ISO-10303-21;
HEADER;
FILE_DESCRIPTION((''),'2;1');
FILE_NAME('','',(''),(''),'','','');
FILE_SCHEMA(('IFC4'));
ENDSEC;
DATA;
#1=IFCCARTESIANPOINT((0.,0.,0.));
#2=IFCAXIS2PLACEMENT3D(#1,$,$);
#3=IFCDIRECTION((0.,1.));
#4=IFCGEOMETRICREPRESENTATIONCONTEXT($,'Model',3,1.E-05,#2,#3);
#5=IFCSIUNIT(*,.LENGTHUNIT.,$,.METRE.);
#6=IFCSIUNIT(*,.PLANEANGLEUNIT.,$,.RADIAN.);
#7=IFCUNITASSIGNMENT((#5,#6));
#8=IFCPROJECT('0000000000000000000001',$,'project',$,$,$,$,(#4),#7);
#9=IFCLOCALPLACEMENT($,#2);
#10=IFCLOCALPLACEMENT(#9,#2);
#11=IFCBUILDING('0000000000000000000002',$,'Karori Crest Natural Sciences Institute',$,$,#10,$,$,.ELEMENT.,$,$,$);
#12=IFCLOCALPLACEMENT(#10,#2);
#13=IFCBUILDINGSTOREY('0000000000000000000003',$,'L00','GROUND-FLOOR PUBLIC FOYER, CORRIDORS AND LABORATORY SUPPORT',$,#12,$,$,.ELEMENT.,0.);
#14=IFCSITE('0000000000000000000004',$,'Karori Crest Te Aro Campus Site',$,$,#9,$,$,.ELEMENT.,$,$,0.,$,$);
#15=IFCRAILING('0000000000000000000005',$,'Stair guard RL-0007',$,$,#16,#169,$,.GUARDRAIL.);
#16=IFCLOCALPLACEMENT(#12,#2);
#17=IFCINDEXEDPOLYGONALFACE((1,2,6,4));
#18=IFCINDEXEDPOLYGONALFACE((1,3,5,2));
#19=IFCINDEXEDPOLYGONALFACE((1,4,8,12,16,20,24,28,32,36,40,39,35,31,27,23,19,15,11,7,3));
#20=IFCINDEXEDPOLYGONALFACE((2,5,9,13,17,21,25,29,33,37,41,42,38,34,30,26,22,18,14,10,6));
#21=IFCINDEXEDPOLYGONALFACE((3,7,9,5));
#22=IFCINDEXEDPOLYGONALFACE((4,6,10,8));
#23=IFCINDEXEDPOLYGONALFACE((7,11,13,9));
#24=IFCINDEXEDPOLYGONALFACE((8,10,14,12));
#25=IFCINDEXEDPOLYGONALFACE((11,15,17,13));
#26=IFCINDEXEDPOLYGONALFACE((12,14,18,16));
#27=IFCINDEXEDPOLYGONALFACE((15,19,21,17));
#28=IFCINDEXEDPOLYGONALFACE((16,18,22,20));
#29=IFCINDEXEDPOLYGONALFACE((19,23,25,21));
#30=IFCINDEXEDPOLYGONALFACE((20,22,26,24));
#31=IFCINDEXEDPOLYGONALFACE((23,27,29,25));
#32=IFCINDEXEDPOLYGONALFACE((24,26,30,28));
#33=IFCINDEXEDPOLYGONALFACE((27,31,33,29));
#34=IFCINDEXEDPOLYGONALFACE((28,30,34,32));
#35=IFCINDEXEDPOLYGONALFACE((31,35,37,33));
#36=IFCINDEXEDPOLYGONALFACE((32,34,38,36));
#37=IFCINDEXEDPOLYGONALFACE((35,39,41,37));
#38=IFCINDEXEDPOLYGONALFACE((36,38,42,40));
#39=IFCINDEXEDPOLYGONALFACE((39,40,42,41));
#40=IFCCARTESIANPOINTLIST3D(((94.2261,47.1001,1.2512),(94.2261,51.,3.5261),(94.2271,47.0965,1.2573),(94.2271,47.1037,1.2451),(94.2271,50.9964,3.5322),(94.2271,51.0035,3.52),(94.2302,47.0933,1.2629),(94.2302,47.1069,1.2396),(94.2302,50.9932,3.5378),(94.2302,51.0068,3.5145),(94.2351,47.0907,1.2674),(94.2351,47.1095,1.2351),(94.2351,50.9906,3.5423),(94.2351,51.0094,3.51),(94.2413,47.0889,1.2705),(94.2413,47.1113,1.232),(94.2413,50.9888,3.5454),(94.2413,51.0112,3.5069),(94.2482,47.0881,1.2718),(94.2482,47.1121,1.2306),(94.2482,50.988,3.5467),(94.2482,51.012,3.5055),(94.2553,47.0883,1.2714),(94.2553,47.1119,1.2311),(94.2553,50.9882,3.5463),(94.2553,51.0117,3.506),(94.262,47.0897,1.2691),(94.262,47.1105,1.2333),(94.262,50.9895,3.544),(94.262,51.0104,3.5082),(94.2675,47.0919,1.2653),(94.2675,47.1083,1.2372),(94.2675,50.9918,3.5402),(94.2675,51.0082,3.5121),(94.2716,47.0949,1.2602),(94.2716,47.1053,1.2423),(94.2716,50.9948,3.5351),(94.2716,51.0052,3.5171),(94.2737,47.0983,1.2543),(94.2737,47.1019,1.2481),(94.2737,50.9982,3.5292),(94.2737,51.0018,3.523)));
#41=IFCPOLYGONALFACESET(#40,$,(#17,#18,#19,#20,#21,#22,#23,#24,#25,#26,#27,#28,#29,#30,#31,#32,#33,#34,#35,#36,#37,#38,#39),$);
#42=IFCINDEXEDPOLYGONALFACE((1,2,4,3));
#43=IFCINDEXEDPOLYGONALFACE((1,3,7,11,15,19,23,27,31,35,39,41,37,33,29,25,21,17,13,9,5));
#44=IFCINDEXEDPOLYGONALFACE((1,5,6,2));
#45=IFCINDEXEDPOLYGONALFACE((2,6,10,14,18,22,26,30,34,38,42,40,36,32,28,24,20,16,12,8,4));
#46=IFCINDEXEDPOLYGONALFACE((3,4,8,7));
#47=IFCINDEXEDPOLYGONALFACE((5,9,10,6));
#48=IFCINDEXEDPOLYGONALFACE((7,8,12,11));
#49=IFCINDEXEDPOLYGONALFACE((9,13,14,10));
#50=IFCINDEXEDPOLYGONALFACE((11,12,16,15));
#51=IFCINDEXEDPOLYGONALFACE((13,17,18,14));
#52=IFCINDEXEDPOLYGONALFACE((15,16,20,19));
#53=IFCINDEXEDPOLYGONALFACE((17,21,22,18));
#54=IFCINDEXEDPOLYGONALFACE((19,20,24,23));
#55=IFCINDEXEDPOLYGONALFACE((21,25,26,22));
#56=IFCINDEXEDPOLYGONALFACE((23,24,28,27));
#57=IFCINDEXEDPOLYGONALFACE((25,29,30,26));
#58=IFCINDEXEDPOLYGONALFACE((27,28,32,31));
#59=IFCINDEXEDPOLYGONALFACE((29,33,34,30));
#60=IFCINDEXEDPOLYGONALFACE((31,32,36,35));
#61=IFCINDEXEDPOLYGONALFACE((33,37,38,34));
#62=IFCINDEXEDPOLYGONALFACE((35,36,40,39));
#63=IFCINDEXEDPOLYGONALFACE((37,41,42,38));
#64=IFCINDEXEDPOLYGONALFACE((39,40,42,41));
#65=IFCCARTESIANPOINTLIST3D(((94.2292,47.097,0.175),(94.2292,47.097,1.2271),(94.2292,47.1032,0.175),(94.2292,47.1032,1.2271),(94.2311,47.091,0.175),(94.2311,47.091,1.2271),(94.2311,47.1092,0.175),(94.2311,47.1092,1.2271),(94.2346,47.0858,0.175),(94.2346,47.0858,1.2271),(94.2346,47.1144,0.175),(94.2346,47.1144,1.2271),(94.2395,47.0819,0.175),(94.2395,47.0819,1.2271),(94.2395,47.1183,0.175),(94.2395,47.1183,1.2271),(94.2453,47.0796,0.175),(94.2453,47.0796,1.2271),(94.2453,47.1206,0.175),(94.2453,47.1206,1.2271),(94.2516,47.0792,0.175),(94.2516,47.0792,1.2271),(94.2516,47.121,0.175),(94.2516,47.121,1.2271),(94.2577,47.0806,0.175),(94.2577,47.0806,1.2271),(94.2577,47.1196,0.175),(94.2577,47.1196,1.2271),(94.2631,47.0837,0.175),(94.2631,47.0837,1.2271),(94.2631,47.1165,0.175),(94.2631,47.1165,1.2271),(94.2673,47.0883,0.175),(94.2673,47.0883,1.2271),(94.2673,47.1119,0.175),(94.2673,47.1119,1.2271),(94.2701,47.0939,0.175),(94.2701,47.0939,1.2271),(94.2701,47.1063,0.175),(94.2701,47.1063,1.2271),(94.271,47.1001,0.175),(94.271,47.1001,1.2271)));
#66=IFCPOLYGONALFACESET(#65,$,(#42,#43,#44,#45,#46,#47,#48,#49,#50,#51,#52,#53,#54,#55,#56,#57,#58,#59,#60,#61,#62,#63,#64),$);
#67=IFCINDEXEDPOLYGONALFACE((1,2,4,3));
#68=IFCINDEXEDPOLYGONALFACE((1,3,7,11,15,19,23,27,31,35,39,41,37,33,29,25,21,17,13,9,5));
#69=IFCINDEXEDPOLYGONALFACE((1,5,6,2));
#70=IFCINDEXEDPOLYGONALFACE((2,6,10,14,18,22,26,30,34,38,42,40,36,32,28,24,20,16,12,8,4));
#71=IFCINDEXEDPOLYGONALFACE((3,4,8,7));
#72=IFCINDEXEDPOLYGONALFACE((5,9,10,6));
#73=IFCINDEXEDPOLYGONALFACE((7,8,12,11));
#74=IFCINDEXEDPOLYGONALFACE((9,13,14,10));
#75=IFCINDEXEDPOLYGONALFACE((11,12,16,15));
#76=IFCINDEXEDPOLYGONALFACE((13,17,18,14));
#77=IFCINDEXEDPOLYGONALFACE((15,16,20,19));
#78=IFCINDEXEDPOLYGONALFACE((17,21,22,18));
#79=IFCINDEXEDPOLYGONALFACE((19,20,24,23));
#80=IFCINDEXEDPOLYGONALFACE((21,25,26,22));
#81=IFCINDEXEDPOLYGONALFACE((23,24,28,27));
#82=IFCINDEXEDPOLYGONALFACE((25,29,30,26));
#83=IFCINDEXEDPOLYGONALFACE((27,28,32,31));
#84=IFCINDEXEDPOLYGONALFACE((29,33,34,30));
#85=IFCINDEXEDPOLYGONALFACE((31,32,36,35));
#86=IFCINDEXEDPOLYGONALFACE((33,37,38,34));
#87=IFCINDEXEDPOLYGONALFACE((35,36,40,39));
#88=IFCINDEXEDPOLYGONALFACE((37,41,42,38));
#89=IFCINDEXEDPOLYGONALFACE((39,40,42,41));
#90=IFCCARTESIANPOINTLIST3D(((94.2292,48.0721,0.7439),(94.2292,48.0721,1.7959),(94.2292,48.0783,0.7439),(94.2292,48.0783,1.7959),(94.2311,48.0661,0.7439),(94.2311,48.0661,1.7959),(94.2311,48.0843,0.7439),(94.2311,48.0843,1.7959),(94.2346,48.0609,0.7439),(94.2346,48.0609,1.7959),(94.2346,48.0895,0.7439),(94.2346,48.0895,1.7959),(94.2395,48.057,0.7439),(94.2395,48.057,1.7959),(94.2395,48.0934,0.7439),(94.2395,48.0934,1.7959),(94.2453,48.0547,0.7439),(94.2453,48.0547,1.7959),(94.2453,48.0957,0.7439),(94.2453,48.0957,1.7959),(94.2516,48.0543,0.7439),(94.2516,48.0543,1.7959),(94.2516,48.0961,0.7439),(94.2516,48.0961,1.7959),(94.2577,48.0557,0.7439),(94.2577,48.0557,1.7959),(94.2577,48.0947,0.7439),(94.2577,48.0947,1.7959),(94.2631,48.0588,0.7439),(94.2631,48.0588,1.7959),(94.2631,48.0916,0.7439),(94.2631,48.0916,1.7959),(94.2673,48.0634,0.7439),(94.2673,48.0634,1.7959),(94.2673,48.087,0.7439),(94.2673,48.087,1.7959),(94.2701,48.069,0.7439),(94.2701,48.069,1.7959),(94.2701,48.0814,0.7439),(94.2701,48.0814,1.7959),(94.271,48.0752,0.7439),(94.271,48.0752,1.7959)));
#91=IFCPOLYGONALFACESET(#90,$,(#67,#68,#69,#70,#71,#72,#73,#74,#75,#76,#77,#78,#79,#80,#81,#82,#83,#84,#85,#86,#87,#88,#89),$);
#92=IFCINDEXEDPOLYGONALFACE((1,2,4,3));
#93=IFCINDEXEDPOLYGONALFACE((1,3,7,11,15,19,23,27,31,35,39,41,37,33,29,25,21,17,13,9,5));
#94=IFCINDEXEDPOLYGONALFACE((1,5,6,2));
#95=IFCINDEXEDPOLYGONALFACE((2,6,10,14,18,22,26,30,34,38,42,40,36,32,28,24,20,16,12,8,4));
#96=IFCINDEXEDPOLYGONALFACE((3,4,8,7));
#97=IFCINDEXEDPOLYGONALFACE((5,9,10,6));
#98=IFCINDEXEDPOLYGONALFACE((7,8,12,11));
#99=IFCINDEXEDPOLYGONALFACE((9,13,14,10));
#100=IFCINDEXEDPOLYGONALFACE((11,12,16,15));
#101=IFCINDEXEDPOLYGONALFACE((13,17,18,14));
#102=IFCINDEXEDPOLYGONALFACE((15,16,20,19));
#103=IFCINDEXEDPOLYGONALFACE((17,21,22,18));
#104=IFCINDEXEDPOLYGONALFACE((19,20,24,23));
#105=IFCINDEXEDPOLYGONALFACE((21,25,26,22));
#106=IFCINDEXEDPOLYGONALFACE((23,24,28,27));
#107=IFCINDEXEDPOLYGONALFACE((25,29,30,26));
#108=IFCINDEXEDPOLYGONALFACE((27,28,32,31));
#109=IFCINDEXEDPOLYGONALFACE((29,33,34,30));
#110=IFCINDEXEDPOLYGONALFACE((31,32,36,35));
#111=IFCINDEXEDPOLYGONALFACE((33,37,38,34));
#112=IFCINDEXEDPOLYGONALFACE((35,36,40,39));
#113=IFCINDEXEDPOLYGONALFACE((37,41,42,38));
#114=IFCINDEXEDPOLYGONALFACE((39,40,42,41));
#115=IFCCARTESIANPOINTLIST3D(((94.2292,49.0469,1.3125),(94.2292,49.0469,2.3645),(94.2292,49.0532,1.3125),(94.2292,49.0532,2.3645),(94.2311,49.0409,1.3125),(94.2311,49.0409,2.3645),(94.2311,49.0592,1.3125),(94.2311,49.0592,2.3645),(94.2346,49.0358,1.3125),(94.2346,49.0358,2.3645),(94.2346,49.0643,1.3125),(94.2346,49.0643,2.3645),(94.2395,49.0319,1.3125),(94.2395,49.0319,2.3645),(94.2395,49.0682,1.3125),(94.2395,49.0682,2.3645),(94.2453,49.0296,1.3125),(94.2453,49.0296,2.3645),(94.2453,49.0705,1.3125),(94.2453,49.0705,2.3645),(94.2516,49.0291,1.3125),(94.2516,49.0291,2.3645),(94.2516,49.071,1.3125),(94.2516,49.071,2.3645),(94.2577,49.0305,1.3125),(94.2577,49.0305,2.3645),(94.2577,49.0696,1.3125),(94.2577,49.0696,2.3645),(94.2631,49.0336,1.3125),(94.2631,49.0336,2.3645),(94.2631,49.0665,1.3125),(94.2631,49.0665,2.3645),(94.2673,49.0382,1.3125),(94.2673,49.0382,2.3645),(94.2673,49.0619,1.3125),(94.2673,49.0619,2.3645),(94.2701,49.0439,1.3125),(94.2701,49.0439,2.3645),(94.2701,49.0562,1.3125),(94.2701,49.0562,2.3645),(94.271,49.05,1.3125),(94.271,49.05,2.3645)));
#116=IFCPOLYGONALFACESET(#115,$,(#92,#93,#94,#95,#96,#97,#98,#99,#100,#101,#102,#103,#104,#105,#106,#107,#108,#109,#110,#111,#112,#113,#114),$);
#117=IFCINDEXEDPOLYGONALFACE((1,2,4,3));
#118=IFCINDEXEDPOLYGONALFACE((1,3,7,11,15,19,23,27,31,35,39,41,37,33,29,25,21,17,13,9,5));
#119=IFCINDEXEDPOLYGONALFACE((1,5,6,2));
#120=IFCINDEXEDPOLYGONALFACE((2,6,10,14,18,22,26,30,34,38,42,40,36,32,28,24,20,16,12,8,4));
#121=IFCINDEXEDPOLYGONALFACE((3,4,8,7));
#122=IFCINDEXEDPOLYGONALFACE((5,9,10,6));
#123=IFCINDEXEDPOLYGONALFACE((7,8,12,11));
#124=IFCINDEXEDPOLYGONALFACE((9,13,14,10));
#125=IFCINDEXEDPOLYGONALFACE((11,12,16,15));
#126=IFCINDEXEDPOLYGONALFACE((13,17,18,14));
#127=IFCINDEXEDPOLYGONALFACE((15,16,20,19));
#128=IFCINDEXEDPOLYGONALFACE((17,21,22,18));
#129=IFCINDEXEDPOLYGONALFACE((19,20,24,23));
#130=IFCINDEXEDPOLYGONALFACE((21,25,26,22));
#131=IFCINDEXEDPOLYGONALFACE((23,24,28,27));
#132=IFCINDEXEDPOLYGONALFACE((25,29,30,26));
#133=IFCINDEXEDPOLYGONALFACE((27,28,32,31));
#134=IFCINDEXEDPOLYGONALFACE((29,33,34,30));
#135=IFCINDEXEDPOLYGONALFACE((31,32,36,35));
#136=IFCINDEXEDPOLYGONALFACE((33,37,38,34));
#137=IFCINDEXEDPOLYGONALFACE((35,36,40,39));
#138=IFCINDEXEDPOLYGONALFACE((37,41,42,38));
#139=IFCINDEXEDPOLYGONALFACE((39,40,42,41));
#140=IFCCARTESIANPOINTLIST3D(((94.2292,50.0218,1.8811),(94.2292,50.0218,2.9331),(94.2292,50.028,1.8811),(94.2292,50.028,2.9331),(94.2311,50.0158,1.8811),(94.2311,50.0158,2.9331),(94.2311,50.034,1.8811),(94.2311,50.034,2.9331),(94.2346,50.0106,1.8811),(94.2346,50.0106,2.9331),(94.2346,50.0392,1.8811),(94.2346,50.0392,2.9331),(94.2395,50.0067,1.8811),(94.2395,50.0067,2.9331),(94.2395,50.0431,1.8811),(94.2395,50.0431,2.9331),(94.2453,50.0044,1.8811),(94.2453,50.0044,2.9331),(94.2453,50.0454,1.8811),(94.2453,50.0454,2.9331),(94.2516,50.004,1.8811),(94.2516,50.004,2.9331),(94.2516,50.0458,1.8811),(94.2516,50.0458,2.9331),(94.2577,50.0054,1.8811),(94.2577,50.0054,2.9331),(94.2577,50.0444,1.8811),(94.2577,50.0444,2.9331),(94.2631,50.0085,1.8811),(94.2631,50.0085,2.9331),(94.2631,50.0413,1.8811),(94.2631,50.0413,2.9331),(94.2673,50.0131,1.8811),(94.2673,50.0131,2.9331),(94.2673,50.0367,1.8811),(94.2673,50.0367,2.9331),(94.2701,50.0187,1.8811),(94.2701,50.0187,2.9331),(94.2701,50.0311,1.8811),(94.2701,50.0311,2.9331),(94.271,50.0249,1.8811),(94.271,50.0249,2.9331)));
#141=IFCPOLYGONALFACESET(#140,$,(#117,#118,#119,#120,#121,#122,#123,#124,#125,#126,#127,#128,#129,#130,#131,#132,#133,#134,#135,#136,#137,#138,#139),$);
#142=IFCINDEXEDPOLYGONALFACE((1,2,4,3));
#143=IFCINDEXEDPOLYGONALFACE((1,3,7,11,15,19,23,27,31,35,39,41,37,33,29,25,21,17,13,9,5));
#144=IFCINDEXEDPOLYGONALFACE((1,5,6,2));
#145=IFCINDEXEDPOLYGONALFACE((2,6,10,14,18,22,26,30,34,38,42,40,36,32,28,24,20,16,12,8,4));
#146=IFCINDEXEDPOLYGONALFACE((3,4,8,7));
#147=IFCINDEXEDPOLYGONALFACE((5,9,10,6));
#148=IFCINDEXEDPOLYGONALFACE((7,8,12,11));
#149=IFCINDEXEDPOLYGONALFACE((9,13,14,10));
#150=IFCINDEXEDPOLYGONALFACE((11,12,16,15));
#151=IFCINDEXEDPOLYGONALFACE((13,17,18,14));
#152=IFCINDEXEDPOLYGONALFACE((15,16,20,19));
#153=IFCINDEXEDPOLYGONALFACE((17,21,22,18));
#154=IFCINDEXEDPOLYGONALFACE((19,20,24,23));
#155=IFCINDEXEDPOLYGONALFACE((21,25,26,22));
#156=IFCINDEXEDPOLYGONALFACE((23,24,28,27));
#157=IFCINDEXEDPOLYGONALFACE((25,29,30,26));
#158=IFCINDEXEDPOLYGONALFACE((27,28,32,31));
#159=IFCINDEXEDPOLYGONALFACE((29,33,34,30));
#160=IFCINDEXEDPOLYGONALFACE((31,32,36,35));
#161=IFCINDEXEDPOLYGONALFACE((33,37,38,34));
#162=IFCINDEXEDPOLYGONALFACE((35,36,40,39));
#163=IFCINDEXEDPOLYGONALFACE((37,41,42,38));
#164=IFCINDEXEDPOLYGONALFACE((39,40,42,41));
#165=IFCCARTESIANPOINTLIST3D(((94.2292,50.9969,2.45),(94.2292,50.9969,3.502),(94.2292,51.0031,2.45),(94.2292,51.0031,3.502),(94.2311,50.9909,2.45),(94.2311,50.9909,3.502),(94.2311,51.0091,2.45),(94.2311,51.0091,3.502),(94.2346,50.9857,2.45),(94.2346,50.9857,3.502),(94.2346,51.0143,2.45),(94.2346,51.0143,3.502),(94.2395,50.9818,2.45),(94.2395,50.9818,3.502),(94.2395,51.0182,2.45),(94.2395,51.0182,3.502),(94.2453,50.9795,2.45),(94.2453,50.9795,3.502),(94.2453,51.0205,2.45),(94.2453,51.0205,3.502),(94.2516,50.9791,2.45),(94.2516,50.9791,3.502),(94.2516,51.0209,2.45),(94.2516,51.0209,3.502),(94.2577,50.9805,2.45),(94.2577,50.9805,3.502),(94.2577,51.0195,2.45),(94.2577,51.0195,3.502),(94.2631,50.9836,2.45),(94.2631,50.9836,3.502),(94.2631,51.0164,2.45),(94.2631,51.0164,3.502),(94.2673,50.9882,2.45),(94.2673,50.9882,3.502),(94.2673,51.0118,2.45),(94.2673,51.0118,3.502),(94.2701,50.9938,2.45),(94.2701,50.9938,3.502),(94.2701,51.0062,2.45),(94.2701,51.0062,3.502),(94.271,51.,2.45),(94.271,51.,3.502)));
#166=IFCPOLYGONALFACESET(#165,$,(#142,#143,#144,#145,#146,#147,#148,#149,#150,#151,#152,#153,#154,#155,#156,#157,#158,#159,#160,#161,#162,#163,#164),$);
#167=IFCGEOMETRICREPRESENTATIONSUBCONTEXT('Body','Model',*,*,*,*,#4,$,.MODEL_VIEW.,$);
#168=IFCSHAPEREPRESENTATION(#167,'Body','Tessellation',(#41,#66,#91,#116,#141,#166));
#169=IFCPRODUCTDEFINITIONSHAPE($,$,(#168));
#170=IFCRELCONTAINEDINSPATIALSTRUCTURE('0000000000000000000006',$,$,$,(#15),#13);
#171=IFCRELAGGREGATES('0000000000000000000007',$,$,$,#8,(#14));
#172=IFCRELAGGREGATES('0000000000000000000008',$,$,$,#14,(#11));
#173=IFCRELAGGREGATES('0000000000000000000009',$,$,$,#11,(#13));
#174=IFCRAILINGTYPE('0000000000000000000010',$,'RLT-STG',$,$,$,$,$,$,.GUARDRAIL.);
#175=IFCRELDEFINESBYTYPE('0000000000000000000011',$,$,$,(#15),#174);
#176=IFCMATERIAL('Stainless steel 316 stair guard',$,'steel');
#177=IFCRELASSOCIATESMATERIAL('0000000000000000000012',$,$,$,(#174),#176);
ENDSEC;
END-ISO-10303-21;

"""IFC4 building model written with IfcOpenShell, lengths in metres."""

from ifc_helpers import new_model, si_unit, direction, frame, origin, origin_2d, place, context, subcontext, project, spatial, circle, extrude, material, type_object, element, save


model = new_model("IFC4")

# Units and contexts
model_context = context("Model", 3, precision=1e-05, world=origin(), true_north=direction((0.0, 1.0)))
body_context = subcontext(model_context, "Body", "Model", "MODEL_VIEW")
ifc_project = project(units=[si_unit("LENGTHUNIT", "METRE"), si_unit("PLANEANGLEUNIT", "RADIAN")], contexts=[model_context])

# Site, building, storey
site_placement = place(None, origin())
site = spatial("IfcSite", under=ifc_project, at=site_placement, Name="Karori Crest Te Aro Campus Site", CompositionType="ELEMENT", RefElevation=0.0)
building_placement = place(site_placement, origin())
building = spatial("IfcBuilding", under=site, at=building_placement, Name="Karori Crest Natural Sciences Institute", CompositionType="ELEMENT")
storey_placement = place(building_placement, origin())
storey = spatial("IfcBuildingStorey", under=building, at=storey_placement, Name="L00", Description="GROUND-FLOOR PUBLIC FOYER, CORRIDORS AND LABORATORY SUPPORT", CompositionType="ELEMENT", Elevation=0.0)

# Railing
ifc_material_1 = material(Name="Stainless steel 316 stair guard", Category="steel")
railing_type = type_object("IfcRailingType", Name="RLT-STG", PredefinedType="GUARDRAIL", material=ifc_material_1)
railing_1_placement = place(storey_placement, frame((94.25, 47.1001, 0.175)))
element("IfcRailing", 1, at=railing_1_placement, inside=storey, type_object=railing_type, Name="Stair guard RL-0007", PredefinedType="GUARDRAIL", context=body_context, shape_type="SweptSolid", body=[
    extrude(circle(Radius=0.0239, at=origin_2d()), frame((0.0, 0.0, 1.0762), z_axis=(0.0, 0.863783, 0.503864), x_axis=(-1.0, 0.0, 0.0)), (0.0, 0.0, 1.0), 4.5149),
    extrude(circle(Radius=0.021, at=origin_2d()), origin(), (0.0, 0.0, 1.0), 1.052),
    extrude(circle(Radius=0.021, at=origin_2d()), frame((0.0, 0.9751, 0.5688)), (0.0, 0.0, 1.0), 1.052),
    extrude(circle(Radius=0.021, at=origin_2d()), frame((0.0, 1.95, 1.1375)), (0.0, 0.0, 1.0), 1.052),
    extrude(circle(Radius=0.021, at=origin_2d()), frame((0.0, 2.9248, 1.7061)), (0.0, 0.0, 1.0), 1.052),
    extrude(circle(Radius=0.021, at=origin_2d()), frame((0.0, 3.8999, 2.2749)), (0.0, 0.0, 1.0), 1.052),
])

save(model, "model.ifc")
